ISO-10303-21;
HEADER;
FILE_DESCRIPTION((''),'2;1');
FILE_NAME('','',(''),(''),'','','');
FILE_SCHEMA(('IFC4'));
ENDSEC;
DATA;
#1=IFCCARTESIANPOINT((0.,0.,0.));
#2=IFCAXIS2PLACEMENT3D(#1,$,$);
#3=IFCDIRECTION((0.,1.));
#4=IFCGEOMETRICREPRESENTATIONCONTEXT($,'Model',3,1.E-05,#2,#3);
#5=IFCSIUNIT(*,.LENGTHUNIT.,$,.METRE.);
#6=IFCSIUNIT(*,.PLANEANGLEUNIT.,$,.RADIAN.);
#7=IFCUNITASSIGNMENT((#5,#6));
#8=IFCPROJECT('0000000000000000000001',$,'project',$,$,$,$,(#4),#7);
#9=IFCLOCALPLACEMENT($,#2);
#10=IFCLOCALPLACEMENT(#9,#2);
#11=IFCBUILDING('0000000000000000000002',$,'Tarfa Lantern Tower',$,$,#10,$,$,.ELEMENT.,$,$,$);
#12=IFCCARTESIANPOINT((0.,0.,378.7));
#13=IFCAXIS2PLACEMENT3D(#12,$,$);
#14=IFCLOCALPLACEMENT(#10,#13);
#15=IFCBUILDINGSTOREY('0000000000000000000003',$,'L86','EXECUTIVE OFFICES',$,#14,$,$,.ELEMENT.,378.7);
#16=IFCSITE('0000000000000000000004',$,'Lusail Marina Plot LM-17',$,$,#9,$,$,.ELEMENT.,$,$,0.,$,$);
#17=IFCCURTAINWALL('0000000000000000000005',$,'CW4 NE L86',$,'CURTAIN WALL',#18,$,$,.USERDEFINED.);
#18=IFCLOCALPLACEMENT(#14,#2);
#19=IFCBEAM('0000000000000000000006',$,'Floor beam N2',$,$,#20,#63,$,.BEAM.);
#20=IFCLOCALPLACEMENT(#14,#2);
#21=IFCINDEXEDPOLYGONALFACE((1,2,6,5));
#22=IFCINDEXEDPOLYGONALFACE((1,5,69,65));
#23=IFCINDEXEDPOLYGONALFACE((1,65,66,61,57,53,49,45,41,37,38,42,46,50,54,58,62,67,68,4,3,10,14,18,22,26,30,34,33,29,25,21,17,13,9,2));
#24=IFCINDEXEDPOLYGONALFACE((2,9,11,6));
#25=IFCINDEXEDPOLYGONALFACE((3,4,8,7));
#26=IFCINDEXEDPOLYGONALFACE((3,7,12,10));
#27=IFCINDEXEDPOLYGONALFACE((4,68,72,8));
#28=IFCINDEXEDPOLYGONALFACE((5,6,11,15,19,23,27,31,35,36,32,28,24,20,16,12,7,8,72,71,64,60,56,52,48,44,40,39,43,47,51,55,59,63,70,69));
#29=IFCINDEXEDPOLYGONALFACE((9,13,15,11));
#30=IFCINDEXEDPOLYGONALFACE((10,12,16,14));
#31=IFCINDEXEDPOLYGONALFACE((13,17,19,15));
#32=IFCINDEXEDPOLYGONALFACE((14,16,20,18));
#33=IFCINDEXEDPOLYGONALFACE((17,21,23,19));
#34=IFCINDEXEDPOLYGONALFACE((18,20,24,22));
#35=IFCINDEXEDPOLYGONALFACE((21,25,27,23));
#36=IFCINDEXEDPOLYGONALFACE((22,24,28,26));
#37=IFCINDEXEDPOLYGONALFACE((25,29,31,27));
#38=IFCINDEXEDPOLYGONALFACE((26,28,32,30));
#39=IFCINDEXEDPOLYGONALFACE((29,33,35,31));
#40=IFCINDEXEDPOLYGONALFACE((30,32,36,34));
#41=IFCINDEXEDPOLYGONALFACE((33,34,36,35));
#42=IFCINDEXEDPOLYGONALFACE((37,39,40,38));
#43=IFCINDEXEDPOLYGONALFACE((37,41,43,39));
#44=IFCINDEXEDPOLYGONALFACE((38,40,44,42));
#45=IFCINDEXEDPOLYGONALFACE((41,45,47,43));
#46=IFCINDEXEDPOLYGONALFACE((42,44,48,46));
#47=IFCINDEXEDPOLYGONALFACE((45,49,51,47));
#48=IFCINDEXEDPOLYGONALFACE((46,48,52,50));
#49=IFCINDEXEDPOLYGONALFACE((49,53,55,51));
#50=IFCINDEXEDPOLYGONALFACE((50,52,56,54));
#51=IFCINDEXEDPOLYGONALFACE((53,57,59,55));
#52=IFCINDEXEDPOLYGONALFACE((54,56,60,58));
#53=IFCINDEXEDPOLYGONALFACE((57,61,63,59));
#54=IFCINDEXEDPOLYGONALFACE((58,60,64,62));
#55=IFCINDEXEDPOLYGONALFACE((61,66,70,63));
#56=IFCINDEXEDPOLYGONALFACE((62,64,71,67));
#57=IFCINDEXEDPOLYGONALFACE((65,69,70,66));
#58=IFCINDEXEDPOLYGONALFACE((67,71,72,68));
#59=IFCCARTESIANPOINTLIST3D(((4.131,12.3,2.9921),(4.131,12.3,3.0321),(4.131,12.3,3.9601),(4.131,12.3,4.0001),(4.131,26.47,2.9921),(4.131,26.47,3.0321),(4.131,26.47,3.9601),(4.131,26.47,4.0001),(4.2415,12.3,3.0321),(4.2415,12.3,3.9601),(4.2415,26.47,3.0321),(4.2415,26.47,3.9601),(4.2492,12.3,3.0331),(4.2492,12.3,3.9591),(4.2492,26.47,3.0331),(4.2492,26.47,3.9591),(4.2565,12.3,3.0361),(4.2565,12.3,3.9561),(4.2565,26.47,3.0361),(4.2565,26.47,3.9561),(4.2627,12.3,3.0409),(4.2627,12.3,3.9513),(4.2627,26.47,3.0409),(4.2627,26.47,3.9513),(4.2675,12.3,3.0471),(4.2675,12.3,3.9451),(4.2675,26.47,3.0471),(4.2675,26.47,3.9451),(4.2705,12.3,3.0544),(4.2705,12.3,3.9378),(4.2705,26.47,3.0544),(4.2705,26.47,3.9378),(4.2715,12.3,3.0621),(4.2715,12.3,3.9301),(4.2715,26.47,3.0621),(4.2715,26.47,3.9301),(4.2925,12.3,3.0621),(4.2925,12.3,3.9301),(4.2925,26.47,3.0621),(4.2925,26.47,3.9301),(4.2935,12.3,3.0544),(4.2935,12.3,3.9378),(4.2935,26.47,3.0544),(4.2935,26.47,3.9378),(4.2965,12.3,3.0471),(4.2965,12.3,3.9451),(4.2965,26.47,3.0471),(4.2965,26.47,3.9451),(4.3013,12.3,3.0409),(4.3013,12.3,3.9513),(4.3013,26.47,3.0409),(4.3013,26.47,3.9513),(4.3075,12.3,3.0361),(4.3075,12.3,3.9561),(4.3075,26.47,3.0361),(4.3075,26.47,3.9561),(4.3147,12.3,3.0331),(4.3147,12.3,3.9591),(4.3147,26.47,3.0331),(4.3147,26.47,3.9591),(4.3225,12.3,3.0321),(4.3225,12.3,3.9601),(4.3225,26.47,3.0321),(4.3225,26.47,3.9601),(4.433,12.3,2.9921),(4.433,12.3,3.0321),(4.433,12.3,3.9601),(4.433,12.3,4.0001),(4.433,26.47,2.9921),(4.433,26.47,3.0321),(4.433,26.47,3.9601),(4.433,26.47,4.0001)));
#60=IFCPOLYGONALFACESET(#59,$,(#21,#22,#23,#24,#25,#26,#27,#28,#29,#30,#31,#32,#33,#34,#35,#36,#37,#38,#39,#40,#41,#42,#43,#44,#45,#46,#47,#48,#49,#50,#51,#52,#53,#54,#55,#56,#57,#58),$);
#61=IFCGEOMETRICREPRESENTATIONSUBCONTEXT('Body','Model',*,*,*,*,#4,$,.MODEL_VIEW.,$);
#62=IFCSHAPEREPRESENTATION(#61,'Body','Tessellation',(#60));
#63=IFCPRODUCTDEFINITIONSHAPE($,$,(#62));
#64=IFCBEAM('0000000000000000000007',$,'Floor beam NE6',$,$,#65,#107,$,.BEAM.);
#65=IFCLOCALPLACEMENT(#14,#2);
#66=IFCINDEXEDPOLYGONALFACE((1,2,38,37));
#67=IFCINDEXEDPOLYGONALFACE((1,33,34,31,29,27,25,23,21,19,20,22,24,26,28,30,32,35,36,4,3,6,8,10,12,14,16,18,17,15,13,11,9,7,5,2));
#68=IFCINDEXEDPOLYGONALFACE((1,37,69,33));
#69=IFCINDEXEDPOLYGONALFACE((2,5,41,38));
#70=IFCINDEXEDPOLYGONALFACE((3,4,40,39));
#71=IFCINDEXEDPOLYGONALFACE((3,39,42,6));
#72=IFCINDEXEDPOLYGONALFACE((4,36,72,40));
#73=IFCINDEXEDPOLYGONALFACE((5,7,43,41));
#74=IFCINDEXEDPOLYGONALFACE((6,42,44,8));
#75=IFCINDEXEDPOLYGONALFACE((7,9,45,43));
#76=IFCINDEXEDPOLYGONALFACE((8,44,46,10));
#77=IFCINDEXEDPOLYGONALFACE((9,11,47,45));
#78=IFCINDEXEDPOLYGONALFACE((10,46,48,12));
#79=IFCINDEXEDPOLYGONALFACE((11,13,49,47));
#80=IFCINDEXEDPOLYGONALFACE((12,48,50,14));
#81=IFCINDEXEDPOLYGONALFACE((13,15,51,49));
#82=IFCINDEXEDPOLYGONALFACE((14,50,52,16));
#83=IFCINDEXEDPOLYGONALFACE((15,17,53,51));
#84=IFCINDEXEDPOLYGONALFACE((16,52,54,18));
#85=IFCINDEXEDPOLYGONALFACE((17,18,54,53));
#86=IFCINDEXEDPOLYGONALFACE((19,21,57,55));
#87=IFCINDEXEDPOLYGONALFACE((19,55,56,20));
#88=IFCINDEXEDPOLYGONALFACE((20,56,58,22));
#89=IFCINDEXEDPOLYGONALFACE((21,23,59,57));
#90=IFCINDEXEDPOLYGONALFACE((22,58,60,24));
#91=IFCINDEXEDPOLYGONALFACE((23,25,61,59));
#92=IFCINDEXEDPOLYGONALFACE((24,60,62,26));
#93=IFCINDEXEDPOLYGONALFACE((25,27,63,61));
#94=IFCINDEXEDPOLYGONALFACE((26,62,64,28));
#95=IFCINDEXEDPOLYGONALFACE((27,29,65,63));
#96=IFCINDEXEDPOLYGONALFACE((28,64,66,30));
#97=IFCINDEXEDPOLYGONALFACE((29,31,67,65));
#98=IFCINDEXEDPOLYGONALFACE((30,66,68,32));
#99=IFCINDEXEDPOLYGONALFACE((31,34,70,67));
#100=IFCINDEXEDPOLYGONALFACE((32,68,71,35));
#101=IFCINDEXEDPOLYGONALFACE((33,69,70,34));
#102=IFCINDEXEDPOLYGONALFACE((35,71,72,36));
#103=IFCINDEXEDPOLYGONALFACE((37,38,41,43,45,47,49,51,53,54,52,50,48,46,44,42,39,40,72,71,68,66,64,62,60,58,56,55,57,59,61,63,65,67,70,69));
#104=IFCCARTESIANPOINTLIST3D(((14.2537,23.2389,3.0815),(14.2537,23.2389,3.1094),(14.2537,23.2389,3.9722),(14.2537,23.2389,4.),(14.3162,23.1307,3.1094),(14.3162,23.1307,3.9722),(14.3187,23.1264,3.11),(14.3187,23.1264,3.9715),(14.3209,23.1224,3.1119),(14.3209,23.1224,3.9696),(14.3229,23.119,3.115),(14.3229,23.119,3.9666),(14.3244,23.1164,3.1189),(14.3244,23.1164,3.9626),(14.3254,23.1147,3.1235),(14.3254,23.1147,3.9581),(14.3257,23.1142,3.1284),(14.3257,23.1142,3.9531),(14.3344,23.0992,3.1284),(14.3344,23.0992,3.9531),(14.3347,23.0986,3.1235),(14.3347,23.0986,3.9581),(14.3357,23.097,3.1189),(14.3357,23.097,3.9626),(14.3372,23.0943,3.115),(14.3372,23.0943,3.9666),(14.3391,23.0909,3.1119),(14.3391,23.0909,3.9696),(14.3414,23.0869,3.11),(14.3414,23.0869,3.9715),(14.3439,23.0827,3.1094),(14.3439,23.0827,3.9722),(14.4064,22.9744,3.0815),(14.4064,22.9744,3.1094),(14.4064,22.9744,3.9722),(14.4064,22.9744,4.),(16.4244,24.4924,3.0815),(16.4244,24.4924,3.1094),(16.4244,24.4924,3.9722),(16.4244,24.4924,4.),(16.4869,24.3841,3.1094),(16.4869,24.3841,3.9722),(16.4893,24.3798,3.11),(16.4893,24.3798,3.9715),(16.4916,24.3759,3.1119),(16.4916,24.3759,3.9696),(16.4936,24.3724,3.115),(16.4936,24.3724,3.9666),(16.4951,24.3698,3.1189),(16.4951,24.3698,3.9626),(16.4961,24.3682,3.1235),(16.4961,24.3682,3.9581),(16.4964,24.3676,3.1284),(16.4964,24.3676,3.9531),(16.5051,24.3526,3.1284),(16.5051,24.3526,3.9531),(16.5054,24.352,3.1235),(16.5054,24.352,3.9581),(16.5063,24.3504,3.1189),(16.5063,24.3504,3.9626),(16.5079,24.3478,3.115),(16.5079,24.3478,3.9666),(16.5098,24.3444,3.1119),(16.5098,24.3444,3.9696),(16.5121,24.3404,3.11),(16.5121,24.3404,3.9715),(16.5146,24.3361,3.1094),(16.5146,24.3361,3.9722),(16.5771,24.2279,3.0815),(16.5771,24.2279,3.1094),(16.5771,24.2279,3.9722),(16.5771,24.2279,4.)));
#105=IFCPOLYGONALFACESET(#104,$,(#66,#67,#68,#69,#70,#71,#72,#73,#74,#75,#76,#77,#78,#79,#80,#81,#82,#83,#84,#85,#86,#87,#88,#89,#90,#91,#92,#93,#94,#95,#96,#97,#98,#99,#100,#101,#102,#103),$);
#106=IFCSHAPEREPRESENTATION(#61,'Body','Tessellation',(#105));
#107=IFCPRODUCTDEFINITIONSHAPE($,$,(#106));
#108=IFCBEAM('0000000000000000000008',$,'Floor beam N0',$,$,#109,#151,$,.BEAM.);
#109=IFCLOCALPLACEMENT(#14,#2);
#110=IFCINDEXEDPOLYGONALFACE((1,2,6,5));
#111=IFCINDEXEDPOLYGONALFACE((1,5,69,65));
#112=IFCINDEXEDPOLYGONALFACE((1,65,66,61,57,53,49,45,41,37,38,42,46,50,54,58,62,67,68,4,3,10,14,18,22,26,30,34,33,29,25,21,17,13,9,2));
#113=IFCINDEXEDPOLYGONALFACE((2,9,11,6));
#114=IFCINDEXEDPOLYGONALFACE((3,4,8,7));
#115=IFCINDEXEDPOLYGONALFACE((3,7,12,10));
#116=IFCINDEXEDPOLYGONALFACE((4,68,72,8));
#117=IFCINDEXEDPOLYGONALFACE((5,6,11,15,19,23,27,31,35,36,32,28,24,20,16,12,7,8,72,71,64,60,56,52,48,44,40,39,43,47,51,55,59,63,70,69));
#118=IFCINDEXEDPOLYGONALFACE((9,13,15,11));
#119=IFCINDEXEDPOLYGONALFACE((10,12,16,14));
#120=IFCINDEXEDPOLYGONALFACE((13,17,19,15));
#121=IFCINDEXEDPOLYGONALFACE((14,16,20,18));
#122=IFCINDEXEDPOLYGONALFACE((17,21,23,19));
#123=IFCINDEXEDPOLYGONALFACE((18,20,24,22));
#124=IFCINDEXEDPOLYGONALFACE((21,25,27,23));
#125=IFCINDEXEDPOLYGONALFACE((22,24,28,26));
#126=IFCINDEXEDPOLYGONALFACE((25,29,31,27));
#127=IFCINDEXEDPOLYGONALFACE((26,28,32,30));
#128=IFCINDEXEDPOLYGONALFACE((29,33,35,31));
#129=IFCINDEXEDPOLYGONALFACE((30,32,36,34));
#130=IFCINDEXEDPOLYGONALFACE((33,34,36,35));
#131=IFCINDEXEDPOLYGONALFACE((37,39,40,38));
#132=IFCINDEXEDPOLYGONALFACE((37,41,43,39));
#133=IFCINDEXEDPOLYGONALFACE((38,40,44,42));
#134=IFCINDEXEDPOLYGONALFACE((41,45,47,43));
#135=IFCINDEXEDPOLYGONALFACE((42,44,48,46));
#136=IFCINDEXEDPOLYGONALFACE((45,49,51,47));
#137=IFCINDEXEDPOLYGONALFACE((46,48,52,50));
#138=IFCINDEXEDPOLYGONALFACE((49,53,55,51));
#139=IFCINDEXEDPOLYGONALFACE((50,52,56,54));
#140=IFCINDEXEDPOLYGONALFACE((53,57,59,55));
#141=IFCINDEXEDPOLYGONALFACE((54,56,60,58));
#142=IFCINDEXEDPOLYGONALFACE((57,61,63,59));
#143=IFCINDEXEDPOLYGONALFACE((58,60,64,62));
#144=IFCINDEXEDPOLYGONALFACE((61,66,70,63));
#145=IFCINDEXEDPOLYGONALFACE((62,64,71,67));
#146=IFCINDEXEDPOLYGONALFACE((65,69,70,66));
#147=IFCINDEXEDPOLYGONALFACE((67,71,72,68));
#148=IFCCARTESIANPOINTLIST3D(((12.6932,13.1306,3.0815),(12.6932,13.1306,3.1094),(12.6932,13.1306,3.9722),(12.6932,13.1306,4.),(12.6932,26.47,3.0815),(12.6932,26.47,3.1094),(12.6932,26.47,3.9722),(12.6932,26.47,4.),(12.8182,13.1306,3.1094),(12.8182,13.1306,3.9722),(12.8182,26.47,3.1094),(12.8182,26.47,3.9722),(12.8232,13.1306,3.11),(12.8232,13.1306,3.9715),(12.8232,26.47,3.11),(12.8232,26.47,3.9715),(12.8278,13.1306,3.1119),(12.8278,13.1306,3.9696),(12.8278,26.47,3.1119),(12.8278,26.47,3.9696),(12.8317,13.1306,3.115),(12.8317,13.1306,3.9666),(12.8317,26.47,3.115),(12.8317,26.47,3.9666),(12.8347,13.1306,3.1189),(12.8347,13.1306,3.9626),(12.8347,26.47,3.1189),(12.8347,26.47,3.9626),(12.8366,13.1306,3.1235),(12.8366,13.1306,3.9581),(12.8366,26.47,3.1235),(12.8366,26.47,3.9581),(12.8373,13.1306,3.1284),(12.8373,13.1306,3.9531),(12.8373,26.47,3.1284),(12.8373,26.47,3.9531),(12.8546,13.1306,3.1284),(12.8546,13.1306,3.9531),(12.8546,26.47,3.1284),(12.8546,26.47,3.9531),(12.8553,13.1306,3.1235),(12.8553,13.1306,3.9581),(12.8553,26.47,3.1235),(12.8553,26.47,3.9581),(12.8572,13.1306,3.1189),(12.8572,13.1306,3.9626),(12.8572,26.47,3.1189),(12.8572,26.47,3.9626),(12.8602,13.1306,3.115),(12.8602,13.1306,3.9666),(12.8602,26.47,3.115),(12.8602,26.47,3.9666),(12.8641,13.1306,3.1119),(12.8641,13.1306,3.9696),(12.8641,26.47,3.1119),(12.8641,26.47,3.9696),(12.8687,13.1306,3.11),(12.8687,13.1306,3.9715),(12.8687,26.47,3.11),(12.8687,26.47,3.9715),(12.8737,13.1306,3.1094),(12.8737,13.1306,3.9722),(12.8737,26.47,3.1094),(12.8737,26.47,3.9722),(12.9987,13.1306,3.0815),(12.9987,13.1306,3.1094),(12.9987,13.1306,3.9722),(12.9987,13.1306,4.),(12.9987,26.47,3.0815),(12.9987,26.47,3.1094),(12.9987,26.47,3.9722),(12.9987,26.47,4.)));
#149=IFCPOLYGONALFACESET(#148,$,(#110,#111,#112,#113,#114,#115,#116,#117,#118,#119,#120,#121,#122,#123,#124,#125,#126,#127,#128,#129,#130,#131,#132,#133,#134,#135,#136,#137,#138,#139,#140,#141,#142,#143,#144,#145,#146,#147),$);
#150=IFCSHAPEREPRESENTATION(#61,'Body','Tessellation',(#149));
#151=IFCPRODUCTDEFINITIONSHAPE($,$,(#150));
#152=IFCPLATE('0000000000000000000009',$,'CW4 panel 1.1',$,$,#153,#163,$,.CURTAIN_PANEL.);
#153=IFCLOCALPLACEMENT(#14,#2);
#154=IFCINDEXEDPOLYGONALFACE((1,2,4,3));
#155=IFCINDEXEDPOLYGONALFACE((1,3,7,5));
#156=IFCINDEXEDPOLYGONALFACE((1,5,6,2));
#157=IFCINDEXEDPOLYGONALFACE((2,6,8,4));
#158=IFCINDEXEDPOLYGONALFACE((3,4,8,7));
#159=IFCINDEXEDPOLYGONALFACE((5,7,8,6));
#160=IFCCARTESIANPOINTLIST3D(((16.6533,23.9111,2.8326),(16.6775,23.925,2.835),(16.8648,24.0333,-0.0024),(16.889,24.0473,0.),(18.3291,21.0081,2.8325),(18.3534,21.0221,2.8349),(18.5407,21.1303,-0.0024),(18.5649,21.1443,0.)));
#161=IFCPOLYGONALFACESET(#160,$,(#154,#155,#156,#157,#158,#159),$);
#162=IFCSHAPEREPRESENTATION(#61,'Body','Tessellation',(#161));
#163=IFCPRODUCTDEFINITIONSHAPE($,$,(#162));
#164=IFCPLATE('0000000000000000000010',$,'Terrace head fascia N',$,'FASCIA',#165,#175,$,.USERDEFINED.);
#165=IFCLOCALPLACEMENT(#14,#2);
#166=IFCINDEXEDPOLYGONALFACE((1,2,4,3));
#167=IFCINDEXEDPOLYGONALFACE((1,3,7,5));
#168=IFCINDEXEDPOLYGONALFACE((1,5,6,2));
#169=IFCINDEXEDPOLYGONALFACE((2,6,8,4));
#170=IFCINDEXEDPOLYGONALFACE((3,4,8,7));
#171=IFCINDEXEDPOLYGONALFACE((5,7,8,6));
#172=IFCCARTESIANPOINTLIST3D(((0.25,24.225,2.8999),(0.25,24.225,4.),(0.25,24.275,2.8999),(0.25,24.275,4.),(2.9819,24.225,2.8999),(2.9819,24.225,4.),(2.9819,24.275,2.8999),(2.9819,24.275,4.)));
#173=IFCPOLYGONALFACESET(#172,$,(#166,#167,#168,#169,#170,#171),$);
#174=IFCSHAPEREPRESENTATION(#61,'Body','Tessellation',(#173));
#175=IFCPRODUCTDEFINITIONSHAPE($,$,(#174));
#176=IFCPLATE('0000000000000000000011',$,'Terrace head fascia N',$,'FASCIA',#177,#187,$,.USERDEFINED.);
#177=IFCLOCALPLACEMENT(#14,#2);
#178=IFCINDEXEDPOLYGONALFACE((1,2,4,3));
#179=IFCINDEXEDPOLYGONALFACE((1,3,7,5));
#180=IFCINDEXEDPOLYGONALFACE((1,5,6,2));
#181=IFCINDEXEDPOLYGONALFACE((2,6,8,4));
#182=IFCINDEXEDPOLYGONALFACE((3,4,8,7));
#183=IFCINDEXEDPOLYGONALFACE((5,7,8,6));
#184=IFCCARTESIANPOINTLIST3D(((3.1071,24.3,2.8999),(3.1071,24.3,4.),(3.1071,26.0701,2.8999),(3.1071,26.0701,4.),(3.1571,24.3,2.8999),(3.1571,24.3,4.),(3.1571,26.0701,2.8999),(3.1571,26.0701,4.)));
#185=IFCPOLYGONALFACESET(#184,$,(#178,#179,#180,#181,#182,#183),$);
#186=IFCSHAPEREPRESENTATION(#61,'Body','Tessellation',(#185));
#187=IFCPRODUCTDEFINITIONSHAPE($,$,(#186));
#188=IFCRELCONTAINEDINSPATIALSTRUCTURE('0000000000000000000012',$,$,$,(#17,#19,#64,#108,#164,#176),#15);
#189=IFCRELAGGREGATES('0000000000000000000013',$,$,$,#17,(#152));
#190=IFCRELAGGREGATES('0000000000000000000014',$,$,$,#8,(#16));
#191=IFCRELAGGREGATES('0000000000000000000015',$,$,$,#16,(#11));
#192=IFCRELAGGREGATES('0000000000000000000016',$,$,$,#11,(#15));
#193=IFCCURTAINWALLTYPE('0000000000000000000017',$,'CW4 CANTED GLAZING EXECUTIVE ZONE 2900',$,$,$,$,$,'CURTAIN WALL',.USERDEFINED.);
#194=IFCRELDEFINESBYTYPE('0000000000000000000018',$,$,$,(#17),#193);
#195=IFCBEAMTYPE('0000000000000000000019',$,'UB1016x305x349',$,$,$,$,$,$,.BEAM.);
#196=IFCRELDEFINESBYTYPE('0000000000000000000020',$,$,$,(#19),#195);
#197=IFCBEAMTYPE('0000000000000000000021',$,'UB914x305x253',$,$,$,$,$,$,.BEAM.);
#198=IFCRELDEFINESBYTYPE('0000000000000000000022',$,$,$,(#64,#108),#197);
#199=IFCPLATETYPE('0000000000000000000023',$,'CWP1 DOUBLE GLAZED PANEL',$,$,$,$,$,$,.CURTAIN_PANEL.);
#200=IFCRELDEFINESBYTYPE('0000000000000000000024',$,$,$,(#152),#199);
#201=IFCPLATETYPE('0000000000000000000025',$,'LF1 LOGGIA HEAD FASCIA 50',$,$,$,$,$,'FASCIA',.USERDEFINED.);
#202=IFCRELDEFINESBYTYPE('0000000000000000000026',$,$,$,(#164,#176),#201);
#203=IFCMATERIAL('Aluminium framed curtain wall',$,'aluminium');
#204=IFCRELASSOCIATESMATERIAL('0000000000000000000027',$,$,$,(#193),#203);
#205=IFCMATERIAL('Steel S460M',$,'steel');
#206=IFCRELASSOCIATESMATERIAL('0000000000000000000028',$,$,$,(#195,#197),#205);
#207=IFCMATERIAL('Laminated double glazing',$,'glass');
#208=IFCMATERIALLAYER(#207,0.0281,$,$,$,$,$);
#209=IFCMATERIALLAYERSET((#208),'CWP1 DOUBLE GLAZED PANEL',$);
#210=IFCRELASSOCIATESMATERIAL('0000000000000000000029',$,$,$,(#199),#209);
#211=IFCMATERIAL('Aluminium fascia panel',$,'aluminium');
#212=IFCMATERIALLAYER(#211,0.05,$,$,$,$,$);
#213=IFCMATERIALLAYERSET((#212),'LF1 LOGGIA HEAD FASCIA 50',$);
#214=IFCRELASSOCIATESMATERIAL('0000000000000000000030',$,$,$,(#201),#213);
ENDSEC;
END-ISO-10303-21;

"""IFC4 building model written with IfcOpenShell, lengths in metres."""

from ifc_helpers import new_model, si_unit, direction, frame, origin, origin_2d, place, context, subcontext, project, spatial, polyline, rectangle, i_section, outline, extrude, material, layer, layer_set, material_profile, profile_set, type_object, element, aggregate, save


model = new_model("IFC4")

# Units and contexts
model_context = context("Model", 3, precision=1e-05, world=origin(), true_north=direction((0.0, 1.0)))
body_context = subcontext(model_context, "Body", "Model", "MODEL_VIEW")
ifc_project = project(units=[si_unit("LENGTHUNIT", "METRE"), si_unit("PLANEANGLEUNIT", "RADIAN")], contexts=[model_context])

# Site, building, storey
site_placement = place(None, origin())
site = spatial("IfcSite", under=ifc_project, at=site_placement, Name="Lusail Marina Plot LM-17", CompositionType="ELEMENT", RefElevation=0.0)
building_placement = place(site_placement, origin())
building = spatial("IfcBuilding", under=site, at=building_placement, Name="Tarfa Lantern Tower", CompositionType="ELEMENT")
storey_placement = place(building_placement, frame((0.0, 0.0, 378.7)))
storey = spatial("IfcBuildingStorey", under=building, at=storey_placement, Name="L86", Description="EXECUTIVE OFFICES", CompositionType="ELEMENT", Elevation=378.7)

# Curtain wall
ifc_material_1 = material(Name="Aluminium framed curtain wall", Category="aluminium")
curtain_wall_type = type_object("IfcCurtainWallType", Name="CW4 CANTED GLAZING EXECUTIVE ZONE 2900", ElementType="CURTAIN WALL", PredefinedType="USERDEFINED", material=ifc_material_1)
curtain_wall_placement = place(storey_placement, origin())
curtain_wall = element("IfcCurtainWall", 1, at=curtain_wall_placement, inside=storey, type_object=curtain_wall_type, Name="CW4 NE L86", ObjectType="CURTAIN WALL", PredefinedType="USERDEFINED")

# Beams
ifc_material_2 = material(Name="Steel S460M", Category="steel")
ifc_material_profile_1 = material_profile(ifc_material_2, i_section(OverallWidth=0.302, OverallDepth=1.0081, WebThickness=0.021, FlangeThickness=0.04, FilletRadius=0.03, at=origin_2d()), Name="UB1016x305x349")
ifc_profile_set_1 = profile_set([ifc_material_profile_1], Name="Steel S460M")
beam_type_1 = type_object("IfcBeamType", Name="UB1016x305x349", PredefinedType="BEAM", material=ifc_profile_set_1)
for number, where, z_axis, x_axis, name in (
    (2, (4.282, 26.47, 3.4961), (0.0, -1.0, 0.0), (1.0, 0.0, 0.0), "Floor beam N2"),
):
    element("IfcBeam", number, at=place(storey_placement, frame(where, z_axis=z_axis, x_axis=x_axis)), inside=storey, type_object=beam_type_1, Name=name, PredefinedType="BEAM", context=body_context, shape_type="SweptSolid", body=[
        extrude(i_section(OverallWidth=0.302, OverallDepth=1.0081, WebThickness=0.021, FlangeThickness=0.04, FilletRadius=0.03, at=origin_2d()), origin(), (0.0, 0.0, 1.0), 14.1699),
    ])
ifc_material_profile_2 = material_profile(ifc_material_2, i_section(OverallWidth=0.3054, OverallDepth=0.9185, WebThickness=0.0173, FlangeThickness=0.0278, FilletRadius=0.019, at=origin_2d()), Name="UB914x305x253")
ifc_profile_set_2 = profile_set([ifc_material_profile_2], Name="Steel S460M")
beam_type_2 = type_object("IfcBeamType", Name="UB914x305x253", PredefinedType="BEAM", material=ifc_profile_set_2)
beam_1_placement = place(storey_placement, frame((16.5007, 24.3601, 3.5408), z_axis=(-0.865993, -0.500057, 0.0), x_axis=(0.500057, -0.865993, 0.0)))
element("IfcBeam", 3, at=beam_1_placement, inside=storey, type_object=beam_type_2, Name="Floor beam NE6", PredefinedType="BEAM", context=body_context, shape_type="SweptSolid", body=[
    extrude(i_section(OverallWidth=0.3054, OverallDepth=0.9185, WebThickness=0.0173, FlangeThickness=0.0278, FilletRadius=0.019, at=origin_2d()), origin(), (0.0, 0.0, 1.0), 2.5066),
])
beam_2_placement = place(storey_placement, frame((12.8459, 26.47, 3.5408), z_axis=(0.0, -1.0, 0.0), x_axis=(1.0, 0.0, 0.0)))
element("IfcBeam", 4, at=beam_2_placement, inside=storey, type_object=beam_type_2, Name="Floor beam N0", PredefinedType="BEAM", context=body_context, shape_type="SweptSolid", body=[
    extrude(i_section(OverallWidth=0.3054, OverallDepth=0.9185, WebThickness=0.0173, FlangeThickness=0.0278, FilletRadius=0.019, at=origin_2d()), origin(), (0.0, 0.0, 1.0), 13.3394),
])

# Plate
ifc_material_3 = material(Name="Laminated double glazing", Category="glass")
ifc_layer_1 = layer(ifc_material_3, 0.0281)
ifc_layer_set_1 = layer_set([ifc_layer_1], Name="CWP1 DOUBLE GLAZED PANEL")
plate_type_1 = type_object("IfcPlateType", Name="CWP1 DOUBLE GLAZED PANEL", PredefinedType="CURTAIN_PANEL", material=ifc_layer_set_1)
plate_1_placement = place(storey_placement, frame((18.5649, 21.1443, 0.0), z_axis=(0.862843, 0.498127, 0.085857), x_axis=(-0.499973, 0.866041, -0.000004)))
plate_1 = element("IfcPlate", 5, at=plate_1_placement, type_object=plate_type_1, Name="CW4 panel 1.1", PredefinedType="CURTAIN_PANEL", context=body_context, shape_type="SweptSolid", body=[
    extrude(outline(polyline([(0.0, 0.0), (3.352, 0.0), (3.3519, 2.8455), (0.0, 2.8455), (0.0, 0.0)])), origin(), (0.0, 0.0, -1.0), 0.0281),
])
aggregate(curtain_wall, [plate_1])

# Plates
ifc_material_4 = material(Name="Aluminium fascia panel", Category="aluminium")
ifc_layer_2 = layer(ifc_material_4, 0.05)
ifc_layer_set_2 = layer_set([ifc_layer_2], Name="LF1 LOGGIA HEAD FASCIA 50")
plate_type_2 = type_object("IfcPlateType", Name="LF1 LOGGIA HEAD FASCIA 50", ElementType="FASCIA", PredefinedType="USERDEFINED", material=ifc_layer_set_2)
plate_2_placement = place(storey_placement, frame((1.616, 24.25, 2.8999), z_axis=(0.0, 0.0, 1.0), x_axis=(-1.0, 0.0, 0.0)))
element("IfcPlate", 6, at=plate_2_placement, inside=storey, type_object=plate_type_2, Name="Terrace head fascia N", ObjectType="FASCIA", PredefinedType="USERDEFINED", context=body_context, shape_type="SweptSolid", body=[
    extrude(rectangle(XDim=2.7319, YDim=0.05, at=origin_2d()), origin(), (0.0, 0.0, 1.0), 1.1001),
])
plate_3_placement = place(storey_placement, frame((3.1321, 25.1851, 2.8999), z_axis=(0.0, 0.0, 1.0), x_axis=(0.0, -1.0, 0.0)))
element("IfcPlate", 7, at=plate_3_placement, inside=storey, type_object=plate_type_2, Name="Terrace head fascia N", ObjectType="FASCIA", PredefinedType="USERDEFINED", context=body_context, shape_type="SweptSolid", body=[
    extrude(rectangle(XDim=1.77, YDim=0.05, at=origin_2d()), origin(), (0.0, 0.0, 1.0), 1.1001),
])

save(model, "model.ifc")
